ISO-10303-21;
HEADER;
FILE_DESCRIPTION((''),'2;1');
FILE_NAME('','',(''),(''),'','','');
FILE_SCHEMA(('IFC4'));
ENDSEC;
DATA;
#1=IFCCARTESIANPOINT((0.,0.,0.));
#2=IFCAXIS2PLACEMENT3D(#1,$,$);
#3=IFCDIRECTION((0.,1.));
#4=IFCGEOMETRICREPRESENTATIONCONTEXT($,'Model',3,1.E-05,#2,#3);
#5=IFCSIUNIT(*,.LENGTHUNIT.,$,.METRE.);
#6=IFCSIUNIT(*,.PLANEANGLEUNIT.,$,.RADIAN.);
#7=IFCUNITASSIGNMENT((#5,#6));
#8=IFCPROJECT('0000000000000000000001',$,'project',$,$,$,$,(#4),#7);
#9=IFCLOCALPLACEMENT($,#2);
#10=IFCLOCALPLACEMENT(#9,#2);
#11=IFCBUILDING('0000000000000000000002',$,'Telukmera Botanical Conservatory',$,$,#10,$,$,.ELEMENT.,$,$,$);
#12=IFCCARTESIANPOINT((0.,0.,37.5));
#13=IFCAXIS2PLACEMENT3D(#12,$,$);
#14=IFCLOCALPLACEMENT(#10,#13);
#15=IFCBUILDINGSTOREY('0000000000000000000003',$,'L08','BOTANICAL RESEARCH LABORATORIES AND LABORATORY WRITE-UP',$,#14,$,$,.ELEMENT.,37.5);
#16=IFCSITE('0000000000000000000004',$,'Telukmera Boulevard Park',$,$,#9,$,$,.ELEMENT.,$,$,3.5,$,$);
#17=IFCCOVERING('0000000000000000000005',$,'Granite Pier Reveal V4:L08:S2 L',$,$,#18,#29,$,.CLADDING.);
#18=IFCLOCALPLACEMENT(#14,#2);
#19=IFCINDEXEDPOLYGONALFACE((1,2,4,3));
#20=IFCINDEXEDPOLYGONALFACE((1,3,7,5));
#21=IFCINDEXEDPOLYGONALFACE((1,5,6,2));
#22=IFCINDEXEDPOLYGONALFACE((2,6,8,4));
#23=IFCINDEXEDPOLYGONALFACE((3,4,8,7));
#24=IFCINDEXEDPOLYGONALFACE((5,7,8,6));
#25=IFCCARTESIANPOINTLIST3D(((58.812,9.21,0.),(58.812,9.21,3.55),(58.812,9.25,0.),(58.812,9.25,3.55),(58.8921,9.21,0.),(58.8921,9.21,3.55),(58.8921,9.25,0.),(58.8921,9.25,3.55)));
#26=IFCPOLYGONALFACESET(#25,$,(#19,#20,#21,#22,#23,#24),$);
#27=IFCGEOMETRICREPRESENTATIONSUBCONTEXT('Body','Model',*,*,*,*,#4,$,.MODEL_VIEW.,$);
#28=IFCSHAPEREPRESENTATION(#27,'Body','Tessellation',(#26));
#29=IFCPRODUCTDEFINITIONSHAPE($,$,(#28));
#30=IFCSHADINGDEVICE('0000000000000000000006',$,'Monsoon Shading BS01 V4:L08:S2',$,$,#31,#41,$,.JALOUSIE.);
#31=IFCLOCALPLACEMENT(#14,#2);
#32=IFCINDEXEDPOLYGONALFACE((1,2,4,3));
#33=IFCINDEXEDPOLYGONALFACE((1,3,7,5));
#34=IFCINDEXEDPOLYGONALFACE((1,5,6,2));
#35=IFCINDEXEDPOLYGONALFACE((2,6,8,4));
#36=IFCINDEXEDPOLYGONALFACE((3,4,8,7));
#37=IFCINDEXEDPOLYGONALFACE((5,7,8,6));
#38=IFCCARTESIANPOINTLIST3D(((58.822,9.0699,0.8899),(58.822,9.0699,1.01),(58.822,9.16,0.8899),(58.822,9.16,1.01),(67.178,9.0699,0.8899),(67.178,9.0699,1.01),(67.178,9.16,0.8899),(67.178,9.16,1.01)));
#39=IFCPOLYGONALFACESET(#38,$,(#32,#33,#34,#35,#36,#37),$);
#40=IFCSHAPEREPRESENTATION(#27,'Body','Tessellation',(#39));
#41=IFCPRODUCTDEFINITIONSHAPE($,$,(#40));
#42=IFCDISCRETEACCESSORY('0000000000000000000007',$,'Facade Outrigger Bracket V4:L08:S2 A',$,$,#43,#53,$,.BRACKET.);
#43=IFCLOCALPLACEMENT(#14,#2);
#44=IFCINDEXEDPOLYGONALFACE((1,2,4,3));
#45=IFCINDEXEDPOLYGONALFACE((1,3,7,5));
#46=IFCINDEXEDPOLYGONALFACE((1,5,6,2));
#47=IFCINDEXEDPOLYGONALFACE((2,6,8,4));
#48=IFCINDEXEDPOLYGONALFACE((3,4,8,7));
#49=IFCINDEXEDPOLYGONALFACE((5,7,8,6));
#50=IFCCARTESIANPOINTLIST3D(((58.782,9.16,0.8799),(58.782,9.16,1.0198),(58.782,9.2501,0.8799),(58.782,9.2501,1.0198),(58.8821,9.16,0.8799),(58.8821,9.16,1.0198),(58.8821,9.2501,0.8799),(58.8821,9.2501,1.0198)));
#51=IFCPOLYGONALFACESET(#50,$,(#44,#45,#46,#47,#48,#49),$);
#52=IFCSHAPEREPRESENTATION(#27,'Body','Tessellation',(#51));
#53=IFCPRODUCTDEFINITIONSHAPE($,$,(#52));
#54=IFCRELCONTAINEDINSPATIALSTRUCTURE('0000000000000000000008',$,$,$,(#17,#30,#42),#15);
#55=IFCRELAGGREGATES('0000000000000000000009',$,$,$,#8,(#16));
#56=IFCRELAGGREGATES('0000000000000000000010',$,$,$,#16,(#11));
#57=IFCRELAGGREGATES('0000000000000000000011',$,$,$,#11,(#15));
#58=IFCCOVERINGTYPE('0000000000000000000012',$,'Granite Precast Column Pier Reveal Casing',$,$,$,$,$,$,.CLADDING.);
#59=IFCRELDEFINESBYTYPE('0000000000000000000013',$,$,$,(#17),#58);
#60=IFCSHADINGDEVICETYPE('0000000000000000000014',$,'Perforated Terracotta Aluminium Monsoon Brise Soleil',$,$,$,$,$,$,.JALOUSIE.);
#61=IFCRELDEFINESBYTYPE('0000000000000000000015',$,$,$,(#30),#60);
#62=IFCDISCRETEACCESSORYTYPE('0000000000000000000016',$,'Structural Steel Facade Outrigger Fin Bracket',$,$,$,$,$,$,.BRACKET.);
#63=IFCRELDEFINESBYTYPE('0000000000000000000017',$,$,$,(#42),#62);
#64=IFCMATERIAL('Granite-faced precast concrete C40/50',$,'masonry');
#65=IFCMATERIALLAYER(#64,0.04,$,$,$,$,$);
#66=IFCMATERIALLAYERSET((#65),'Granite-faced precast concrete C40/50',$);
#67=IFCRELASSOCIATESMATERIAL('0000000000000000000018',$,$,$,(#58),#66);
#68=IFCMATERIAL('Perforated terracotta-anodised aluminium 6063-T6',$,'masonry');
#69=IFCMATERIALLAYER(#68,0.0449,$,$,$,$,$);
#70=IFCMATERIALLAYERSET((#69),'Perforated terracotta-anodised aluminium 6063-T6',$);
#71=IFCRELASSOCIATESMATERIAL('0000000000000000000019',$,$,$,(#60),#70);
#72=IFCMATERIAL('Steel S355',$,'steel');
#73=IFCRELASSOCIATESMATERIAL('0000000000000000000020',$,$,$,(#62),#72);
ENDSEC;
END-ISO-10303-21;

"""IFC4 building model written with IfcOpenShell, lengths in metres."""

from ifc_helpers import new_model, si_unit, direction, frame, origin, origin_2d, place, context, subcontext, project, spatial, rectangle, extrude, material, layer, layer_set, type_object, element, save


model = new_model("IFC4")

# Units and contexts
model_context = context("Model", 3, precision=1e-05, world=origin(), true_north=direction((0.0, 1.0)))
body_context = subcontext(model_context, "Body", "Model", "MODEL_VIEW")
ifc_project = project(units=[si_unit("LENGTHUNIT", "METRE"), si_unit("PLANEANGLEUNIT", "RADIAN")], contexts=[model_context])

# Site, building, storey
site_placement = place(None, origin())
site = spatial("IfcSite", under=ifc_project, at=site_placement, Name="Telukmera Boulevard Park", CompositionType="ELEMENT", RefElevation=3.5)
building_placement = place(site_placement, origin())
building = spatial("IfcBuilding", under=site, at=building_placement, Name="Telukmera Botanical Conservatory", CompositionType="ELEMENT")
storey_placement = place(building_placement, frame((0.0, 0.0, 37.5)))
storey = spatial("IfcBuildingStorey", under=building, at=storey_placement, Name="L08", Description="BOTANICAL RESEARCH LABORATORIES AND LABORATORY WRITE-UP", CompositionType="ELEMENT", Elevation=37.5)

# Covering
ifc_material_1 = material(Name="Granite-faced precast concrete C40/50", Category="masonry")
ifc_layer_1 = layer(ifc_material_1, 0.04)
ifc_layer_set_1 = layer_set([ifc_layer_1], Name="Granite-faced precast concrete C40/50")
covering_type = type_object("IfcCoveringType", Name="Granite Precast Column Pier Reveal Casing", PredefinedType="CLADDING", material=ifc_layer_set_1)
for number, where, z_axis, x_axis, name in (
    (1, (58.8521, 9.23, 0.0), (0.0, 0.0, 1.0), (1.0, 0.0, 0.0), "Granite Pier Reveal V4:L08:S2 L"),
):
    element("IfcCovering", number, at=place(storey_placement, frame(where, z_axis=z_axis, x_axis=x_axis)), inside=storey, type_object=covering_type, Name=name, PredefinedType="CLADDING", context=body_context, shape_type="SweptSolid", body=[
        extrude(rectangle(XDim=0.0801, YDim=0.04, at=origin_2d()), origin(), (0.0, 0.0, 1.0), 3.55),
    ])

# Shading device
ifc_material_2 = material(Name="Perforated terracotta-anodised aluminium 6063-T6", Category="masonry")
ifc_layer_2 = layer(ifc_material_2, 0.0449)
ifc_layer_set_2 = layer_set([ifc_layer_2], Name="Perforated terracotta-anodised aluminium 6063-T6")
shading_device_type = type_object("IfcShadingDeviceType", Name="Perforated Terracotta Aluminium Monsoon Brise Soleil", PredefinedType="JALOUSIE", material=ifc_layer_set_2)
shading_device_placement = place(storey_placement, frame((63.0, 9.115, 0.8899), z_axis=(0.0, 0.0, 1.0), x_axis=(1.0, 0.0, 0.0)))
element("IfcShadingDevice", 2, at=shading_device_placement, inside=storey, type_object=shading_device_type, Name="Monsoon Shading BS01 V4:L08:S2", PredefinedType="JALOUSIE", context=body_context, shape_type="SweptSolid", body=[
    extrude(rectangle(XDim=8.356, YDim=0.0901, at=origin_2d()), origin(), (0.0, 0.0, 1.0), 0.1201),
])

# Discrete accessory
ifc_material_3 = material(Name="Steel S355", Category="steel")
discrete_accessory_type = type_object("IfcDiscreteAccessoryType", Name="Structural Steel Facade Outrigger Fin Bracket", PredefinedType="BRACKET", material=ifc_material_3)
discrete_accessory_placement = place(storey_placement, frame((58.832, 9.2051, 0.8799), z_axis=(0.0, 0.0, 1.0), x_axis=(1.0, 0.0, 0.0)))
element("IfcDiscreteAccessory", 3, at=discrete_accessory_placement, inside=storey, type_object=discrete_accessory_type, Name="Facade Outrigger Bracket V4:L08:S2 A", PredefinedType="BRACKET", context=body_context, shape_type="SweptSolid", body=[
    extrude(rectangle(XDim=0.1001, YDim=0.0901, at=origin_2d()), origin(), (0.0, 0.0, 1.0), 0.1399),
])

save(model, "model.ifc")
